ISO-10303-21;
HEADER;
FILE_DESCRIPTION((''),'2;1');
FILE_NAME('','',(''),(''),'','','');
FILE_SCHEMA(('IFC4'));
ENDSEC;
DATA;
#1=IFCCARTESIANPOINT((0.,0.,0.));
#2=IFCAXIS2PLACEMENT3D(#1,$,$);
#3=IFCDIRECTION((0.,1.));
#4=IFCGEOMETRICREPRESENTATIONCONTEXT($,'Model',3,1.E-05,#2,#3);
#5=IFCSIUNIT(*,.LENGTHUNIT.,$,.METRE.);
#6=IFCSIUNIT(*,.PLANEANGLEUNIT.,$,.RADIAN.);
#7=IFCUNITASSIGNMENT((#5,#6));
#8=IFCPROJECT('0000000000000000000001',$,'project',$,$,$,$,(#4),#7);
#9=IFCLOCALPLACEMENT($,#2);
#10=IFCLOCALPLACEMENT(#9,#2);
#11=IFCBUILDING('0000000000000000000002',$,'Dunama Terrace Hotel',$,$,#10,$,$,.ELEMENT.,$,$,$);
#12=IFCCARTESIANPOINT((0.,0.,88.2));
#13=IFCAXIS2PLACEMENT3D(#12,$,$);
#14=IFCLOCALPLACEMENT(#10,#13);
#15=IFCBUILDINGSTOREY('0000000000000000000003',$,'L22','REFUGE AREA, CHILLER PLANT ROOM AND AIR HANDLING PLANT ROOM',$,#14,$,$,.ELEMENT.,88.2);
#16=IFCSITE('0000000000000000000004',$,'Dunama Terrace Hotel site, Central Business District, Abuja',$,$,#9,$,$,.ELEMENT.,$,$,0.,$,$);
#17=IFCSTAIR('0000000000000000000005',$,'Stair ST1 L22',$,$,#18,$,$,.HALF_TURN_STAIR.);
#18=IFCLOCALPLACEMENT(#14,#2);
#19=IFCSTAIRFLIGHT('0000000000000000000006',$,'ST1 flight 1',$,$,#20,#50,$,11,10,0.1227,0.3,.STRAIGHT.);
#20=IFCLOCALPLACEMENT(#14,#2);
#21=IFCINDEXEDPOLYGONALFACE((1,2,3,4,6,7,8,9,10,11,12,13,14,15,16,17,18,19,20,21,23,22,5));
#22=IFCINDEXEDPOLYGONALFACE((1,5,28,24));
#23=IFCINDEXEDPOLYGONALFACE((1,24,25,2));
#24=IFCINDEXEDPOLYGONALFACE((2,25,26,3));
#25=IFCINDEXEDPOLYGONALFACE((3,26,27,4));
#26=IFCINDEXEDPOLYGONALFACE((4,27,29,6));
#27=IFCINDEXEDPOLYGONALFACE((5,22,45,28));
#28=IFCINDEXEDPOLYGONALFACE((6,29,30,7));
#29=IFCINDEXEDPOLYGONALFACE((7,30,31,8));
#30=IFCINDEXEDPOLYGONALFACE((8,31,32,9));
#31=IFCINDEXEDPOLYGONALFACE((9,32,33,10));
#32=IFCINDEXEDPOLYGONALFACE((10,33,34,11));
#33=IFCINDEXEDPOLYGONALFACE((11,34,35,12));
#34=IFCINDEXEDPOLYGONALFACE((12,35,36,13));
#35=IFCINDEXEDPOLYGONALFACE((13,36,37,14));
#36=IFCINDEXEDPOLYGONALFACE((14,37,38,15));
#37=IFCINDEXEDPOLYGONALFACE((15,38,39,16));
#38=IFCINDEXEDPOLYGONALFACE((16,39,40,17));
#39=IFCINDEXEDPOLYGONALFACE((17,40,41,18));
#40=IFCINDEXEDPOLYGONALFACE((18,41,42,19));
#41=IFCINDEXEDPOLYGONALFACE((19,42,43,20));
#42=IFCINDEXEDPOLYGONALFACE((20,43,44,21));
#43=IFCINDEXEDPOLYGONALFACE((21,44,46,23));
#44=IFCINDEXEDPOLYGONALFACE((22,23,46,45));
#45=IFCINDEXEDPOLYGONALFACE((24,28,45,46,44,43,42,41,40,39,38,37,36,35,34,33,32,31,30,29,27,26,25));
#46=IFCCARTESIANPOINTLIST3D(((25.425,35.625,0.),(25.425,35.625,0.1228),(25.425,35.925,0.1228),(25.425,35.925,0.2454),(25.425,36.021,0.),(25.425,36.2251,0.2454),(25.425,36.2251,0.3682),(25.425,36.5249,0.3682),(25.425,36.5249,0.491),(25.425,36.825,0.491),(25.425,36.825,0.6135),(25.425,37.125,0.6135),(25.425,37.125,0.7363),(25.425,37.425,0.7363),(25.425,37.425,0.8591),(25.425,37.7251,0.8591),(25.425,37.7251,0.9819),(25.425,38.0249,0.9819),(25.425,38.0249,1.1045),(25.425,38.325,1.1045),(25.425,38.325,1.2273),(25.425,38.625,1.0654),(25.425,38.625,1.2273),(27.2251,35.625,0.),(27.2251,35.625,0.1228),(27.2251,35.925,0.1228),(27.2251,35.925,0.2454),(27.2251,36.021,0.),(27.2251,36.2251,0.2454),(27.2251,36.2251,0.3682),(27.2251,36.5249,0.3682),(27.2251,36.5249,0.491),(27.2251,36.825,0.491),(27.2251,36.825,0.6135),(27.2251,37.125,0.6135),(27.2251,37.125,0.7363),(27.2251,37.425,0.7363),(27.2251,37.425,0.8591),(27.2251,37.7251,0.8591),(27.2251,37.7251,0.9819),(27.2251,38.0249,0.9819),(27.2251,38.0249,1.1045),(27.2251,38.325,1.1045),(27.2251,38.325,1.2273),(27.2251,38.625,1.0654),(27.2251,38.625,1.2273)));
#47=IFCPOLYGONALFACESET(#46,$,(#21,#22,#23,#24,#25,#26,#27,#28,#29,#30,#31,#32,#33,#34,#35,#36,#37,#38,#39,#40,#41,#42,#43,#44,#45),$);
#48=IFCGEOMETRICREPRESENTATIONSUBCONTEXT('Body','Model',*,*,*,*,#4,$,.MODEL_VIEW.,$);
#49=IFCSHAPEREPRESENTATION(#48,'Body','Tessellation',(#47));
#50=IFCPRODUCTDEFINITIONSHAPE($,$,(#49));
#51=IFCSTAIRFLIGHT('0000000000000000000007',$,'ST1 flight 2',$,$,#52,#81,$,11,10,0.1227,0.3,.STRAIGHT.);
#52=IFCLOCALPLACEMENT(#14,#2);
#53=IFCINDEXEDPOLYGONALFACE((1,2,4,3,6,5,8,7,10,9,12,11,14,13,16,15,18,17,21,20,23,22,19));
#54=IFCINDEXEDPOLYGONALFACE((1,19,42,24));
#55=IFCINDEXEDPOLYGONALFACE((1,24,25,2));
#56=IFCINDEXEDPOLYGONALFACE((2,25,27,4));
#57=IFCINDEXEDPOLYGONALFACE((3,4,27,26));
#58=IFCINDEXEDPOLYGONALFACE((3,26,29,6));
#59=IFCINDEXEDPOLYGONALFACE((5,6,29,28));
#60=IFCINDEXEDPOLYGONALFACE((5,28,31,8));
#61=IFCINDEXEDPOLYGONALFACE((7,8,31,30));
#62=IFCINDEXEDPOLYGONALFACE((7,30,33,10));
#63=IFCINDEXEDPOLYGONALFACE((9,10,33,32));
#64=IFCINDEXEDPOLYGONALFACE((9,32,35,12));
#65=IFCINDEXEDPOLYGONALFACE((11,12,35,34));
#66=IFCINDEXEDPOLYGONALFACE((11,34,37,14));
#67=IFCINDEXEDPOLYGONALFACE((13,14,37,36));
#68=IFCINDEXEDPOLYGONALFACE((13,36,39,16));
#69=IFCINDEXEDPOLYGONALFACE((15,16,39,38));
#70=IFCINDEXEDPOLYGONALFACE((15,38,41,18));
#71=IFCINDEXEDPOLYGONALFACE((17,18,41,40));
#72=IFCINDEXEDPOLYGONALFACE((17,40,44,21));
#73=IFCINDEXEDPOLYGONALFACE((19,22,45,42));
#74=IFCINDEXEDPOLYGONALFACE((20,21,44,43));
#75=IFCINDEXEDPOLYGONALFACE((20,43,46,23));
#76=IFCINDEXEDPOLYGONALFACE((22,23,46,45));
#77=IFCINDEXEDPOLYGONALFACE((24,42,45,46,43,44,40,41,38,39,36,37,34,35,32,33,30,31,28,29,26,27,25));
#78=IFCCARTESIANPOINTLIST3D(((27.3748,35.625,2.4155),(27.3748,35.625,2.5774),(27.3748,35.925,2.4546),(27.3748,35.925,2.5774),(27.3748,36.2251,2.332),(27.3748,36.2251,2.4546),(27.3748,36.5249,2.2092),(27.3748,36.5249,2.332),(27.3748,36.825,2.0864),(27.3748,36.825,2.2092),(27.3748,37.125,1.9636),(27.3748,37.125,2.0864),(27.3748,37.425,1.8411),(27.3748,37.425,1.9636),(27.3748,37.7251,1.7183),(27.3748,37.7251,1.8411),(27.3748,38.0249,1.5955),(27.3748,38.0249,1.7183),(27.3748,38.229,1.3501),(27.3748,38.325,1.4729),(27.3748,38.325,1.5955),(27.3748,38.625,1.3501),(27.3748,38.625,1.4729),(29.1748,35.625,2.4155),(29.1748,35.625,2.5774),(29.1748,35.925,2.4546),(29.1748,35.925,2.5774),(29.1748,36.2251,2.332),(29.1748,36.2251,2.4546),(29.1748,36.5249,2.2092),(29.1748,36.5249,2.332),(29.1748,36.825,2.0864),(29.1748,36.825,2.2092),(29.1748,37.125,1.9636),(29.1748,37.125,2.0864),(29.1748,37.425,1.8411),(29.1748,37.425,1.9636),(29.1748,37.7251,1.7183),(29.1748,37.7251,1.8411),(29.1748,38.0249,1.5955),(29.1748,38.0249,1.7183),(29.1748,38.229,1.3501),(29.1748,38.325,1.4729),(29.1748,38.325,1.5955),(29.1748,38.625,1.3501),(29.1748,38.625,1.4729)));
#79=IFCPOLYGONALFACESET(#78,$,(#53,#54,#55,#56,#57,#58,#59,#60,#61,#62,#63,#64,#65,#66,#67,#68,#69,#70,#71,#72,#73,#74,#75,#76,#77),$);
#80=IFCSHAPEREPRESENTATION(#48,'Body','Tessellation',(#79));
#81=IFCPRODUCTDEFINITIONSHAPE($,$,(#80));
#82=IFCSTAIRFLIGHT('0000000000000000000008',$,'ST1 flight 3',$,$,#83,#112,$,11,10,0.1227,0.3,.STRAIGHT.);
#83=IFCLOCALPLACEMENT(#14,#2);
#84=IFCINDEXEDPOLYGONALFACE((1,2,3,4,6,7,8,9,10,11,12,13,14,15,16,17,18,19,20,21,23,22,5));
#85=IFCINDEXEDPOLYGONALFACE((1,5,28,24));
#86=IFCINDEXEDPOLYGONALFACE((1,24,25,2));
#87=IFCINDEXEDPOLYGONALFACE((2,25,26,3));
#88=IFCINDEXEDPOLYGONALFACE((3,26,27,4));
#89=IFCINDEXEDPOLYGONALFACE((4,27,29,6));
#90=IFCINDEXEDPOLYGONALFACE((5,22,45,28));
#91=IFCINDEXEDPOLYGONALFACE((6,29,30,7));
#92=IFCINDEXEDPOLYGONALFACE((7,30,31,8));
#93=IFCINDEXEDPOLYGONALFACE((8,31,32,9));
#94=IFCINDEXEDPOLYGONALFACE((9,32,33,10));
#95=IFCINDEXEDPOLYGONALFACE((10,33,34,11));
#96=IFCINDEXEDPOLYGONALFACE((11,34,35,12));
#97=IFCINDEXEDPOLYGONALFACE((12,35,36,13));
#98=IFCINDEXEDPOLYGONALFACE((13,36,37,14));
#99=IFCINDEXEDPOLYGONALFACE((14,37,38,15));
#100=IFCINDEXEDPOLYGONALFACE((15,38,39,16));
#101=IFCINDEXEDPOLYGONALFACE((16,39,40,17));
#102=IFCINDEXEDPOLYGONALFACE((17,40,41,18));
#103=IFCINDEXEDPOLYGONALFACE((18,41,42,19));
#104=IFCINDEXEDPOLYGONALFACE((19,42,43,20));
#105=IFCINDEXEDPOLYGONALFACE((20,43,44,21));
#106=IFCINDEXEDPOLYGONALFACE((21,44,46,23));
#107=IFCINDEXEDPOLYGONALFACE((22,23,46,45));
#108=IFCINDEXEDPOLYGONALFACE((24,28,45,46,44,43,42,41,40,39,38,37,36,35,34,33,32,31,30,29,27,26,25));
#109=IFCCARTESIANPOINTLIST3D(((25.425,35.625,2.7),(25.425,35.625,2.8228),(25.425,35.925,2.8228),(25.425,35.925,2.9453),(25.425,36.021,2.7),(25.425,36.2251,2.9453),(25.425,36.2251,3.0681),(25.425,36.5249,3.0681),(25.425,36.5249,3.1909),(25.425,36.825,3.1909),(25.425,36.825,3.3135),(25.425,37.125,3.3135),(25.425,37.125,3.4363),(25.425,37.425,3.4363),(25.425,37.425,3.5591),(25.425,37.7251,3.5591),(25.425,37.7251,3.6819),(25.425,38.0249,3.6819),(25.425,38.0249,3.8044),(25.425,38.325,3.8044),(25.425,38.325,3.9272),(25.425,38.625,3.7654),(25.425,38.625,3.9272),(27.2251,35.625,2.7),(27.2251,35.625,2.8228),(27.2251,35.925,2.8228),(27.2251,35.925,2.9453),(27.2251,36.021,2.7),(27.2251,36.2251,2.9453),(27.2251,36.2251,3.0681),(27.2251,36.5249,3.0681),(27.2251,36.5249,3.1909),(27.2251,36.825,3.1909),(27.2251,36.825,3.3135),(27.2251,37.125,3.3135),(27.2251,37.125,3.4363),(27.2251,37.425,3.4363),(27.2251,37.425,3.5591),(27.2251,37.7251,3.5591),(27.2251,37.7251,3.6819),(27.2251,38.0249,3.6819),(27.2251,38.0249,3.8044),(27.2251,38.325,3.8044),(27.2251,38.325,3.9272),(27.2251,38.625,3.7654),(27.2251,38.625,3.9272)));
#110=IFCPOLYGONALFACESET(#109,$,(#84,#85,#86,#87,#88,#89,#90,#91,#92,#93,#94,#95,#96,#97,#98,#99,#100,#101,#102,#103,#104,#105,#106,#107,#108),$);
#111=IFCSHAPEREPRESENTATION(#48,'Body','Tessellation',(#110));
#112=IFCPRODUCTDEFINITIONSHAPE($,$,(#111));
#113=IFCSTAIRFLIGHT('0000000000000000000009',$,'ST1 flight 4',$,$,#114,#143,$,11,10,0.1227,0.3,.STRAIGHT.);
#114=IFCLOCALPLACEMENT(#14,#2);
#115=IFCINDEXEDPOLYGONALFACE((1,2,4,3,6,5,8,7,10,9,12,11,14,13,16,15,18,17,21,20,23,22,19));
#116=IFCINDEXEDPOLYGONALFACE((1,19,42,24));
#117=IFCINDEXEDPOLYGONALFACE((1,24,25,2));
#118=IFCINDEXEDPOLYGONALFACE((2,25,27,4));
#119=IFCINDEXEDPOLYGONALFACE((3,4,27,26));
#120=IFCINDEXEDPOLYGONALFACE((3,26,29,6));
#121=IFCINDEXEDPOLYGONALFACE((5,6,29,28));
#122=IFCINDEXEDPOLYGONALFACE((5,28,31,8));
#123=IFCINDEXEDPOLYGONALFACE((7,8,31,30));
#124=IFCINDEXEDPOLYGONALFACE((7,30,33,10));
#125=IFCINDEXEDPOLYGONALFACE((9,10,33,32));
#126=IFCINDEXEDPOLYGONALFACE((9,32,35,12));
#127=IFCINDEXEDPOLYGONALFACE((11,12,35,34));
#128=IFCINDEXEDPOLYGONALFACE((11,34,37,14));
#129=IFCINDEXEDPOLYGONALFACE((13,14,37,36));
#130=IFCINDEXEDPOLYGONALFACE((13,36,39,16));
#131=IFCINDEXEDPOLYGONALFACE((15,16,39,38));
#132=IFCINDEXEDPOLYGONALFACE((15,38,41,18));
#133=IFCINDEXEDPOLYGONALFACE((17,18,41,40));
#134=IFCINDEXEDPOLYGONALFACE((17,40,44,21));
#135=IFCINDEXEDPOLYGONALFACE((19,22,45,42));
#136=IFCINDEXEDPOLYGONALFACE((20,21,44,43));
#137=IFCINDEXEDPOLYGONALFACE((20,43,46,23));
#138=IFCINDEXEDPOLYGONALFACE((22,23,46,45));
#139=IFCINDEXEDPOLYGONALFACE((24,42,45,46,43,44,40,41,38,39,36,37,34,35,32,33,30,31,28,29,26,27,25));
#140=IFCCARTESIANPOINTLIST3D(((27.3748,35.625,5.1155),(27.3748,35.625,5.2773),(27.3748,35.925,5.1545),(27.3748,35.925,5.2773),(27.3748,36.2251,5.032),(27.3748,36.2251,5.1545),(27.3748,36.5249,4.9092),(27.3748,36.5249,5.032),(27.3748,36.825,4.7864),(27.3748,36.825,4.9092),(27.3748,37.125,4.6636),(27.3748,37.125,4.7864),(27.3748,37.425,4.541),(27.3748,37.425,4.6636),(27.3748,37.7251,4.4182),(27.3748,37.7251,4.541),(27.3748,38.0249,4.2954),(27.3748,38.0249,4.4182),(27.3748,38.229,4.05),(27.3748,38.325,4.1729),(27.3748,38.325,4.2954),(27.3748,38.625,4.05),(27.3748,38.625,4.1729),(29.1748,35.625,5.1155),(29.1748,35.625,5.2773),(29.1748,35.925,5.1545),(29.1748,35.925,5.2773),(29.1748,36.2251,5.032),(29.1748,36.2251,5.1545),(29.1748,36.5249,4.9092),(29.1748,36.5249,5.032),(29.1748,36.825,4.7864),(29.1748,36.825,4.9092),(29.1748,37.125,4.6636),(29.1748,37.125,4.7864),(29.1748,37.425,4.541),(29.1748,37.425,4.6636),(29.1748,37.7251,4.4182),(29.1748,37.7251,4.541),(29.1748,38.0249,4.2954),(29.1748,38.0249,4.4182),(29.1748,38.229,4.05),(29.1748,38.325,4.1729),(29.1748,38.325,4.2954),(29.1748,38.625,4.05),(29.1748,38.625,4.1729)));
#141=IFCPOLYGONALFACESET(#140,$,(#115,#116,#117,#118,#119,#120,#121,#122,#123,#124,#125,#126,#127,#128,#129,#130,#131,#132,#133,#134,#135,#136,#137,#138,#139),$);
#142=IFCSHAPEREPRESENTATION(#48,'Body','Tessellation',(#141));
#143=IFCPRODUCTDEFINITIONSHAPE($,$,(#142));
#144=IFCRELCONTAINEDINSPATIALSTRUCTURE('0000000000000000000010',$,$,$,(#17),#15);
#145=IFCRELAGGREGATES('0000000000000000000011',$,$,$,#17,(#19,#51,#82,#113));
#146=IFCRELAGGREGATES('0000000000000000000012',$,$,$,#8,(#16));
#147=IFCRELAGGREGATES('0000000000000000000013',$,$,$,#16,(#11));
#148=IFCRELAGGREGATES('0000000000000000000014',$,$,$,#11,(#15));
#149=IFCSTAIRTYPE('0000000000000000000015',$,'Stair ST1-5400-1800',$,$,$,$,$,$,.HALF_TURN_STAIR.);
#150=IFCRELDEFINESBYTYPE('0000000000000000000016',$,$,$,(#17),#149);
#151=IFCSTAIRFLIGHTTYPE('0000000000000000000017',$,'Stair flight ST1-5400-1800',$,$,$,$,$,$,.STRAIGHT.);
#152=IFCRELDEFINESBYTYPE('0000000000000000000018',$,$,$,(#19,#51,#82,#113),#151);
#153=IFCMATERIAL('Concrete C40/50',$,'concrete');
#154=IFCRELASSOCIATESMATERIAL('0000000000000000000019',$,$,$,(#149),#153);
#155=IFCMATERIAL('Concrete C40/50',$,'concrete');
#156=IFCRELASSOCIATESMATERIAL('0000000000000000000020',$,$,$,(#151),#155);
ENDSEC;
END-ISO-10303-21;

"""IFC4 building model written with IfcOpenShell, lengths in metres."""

from ifc_helpers import new_model, si_unit, direction, frame, origin, place, context, subcontext, project, spatial, polyline, outline, extrude, material, type_object, element, aggregate, save


model = new_model("IFC4")

# Units and contexts
model_context = context("Model", 3, precision=1e-05, world=origin(), true_north=direction((0.0, 1.0)))
body_context = subcontext(model_context, "Body", "Model", "MODEL_VIEW")
ifc_project = project(units=[si_unit("LENGTHUNIT", "METRE"), si_unit("PLANEANGLEUNIT", "RADIAN")], contexts=[model_context])

# Site, building, storey
site_placement = place(None, origin())
site = spatial("IfcSite", under=ifc_project, at=site_placement, Name="Dunama Terrace Hotel site, Central Business District, Abuja", CompositionType="ELEMENT", RefElevation=0.0)
building_placement = place(site_placement, origin())
building = spatial("IfcBuilding", under=site, at=building_placement, Name="Dunama Terrace Hotel", CompositionType="ELEMENT")
storey_placement = place(building_placement, frame((0.0, 0.0, 88.2)))
storey = spatial("IfcBuildingStorey", under=building, at=storey_placement, Name="L22", Description="REFUGE AREA, CHILLER PLANT ROOM AND AIR HANDLING PLANT ROOM", CompositionType="ELEMENT", Elevation=88.2)

# Stair, stair flights
ifc_material_1 = material(Name="Concrete C40/50", Category="concrete")
stair_type = type_object("IfcStairType", Name="Stair ST1-5400-1800", PredefinedType="HALF_TURN_STAIR", material=ifc_material_1)
stair_placement = place(storey_placement, origin())
stair = element("IfcStair", 1, at=stair_placement, inside=storey, type_object=stair_type, Name="Stair ST1 L22", PredefinedType="HALF_TURN_STAIR")
ifc_material_2 = material(Name="Concrete C40/50", Category="concrete")
stair_flight_type = type_object("IfcStairFlightType", Name="Stair flight ST1-5400-1800", PredefinedType="STRAIGHT", material=ifc_material_2)
stair_flight_1_placement = place(storey_placement, frame((26.325, 35.625, 0.0), z_axis=(0.0, 0.0, 1.0), x_axis=(0.0, 1.0, 0.0)))
stair_flight_1 = element("IfcStairFlight", 2, at=stair_flight_1_placement, type_object=stair_flight_type, Name="ST1 flight 1", NumberOfRisers=11, NumberOfTreads=10, PredefinedType="STRAIGHT", RiserHeight=0.1227, TreadLength=0.3, context=body_context, shape_type="SweptSolid", body=[
    extrude(outline(polyline([(0.0, 0.0), (0.0, 0.1228), (0.3, 0.1228), (0.3, 0.2454), (0.6001, 0.2454), (0.6001, 0.3682), (0.8999, 0.3682), (0.8999, 0.491), (1.2, 0.491), (1.2, 0.6135), (1.5, 0.6135), (1.5, 0.7363), (1.8, 0.7363), (1.8, 0.8591), (2.1001, 0.8591), (2.1001, 0.9819), (2.3999, 0.9819), (2.3999, 1.1045), (2.7, 1.1045), (2.7, 1.2273), (3.0, 1.2273), (3.0, 1.3501), (3.0, 1.0654), (0.396, 0.0), (0.0, 0.0)])), frame((0.0, 0.8999, 0.0), z_axis=(0.0, -1.0, 0.0), x_axis=(1.0, 0.0, 0.0)), (0.0, 0.0, 1.0), 1.8),
])
stair_flight_2_placement = place(storey_placement, frame((28.2749, 38.625, 1.3501), z_axis=(0.0, 0.0, 1.0), x_axis=(0.0, -1.0, 0.0)))
stair_flight_2 = element("IfcStairFlight", 3, at=stair_flight_2_placement, type_object=stair_flight_type, Name="ST1 flight 2", NumberOfRisers=11, NumberOfTreads=10, PredefinedType="STRAIGHT", RiserHeight=0.1227, TreadLength=0.3, context=body_context, shape_type="SweptSolid", body=[
    extrude(outline(polyline([(0.0, 0.0), (0.0, 0.1228), (0.3, 0.1228), (0.3, 0.2454), (0.6001, 0.2454), (0.6001, 0.3682), (0.8999, 0.3682), (0.8999, 0.491), (1.2, 0.491), (1.2, 0.6135), (1.5, 0.6135), (1.5, 0.7363), (1.8, 0.7363), (1.8, 0.8591), (2.1001, 0.8591), (2.1001, 0.9819), (2.3999, 0.9819), (2.3999, 1.1045), (2.7, 1.1045), (2.7, 1.2273), (3.0, 1.2273), (3.0, 1.3501), (3.0, 1.0654), (0.396, 0.0), (0.0, 0.0)])), frame((0.0, 0.8999, 0.0), z_axis=(0.0, -1.0, 0.0), x_axis=(1.0, 0.0, 0.0)), (0.0, 0.0, 1.0), 1.8),
])
stair_flight_3_placement = place(storey_placement, frame((26.325, 35.625, 2.7), z_axis=(0.0, 0.0, 1.0), x_axis=(0.0, 1.0, 0.0)))
stair_flight_3 = element("IfcStairFlight", 4, at=stair_flight_3_placement, type_object=stair_flight_type, Name="ST1 flight 3", NumberOfRisers=11, NumberOfTreads=10, PredefinedType="STRAIGHT", RiserHeight=0.1227, TreadLength=0.3, context=body_context, shape_type="SweptSolid", body=[
    extrude(outline(polyline([(0.0, 0.0), (0.0, 0.1228), (0.3, 0.1228), (0.3, 0.2454), (0.6001, 0.2454), (0.6001, 0.3682), (0.8999, 0.3682), (0.8999, 0.491), (1.2, 0.491), (1.2, 0.6135), (1.5, 0.6135), (1.5, 0.7363), (1.8, 0.7363), (1.8, 0.8591), (2.1001, 0.8591), (2.1001, 0.9819), (2.3999, 0.9819), (2.3999, 1.1045), (2.7, 1.1045), (2.7, 1.2273), (3.0, 1.2273), (3.0, 1.3501), (3.0, 1.0654), (0.396, 0.0), (0.0, 0.0)])), frame((0.0, 0.8999, 0.0), z_axis=(0.0, -1.0, 0.0), x_axis=(1.0, 0.0, 0.0)), (0.0, 0.0, 1.0), 1.8),
])
stair_flight_4_placement = place(storey_placement, frame((28.2749, 38.625, 4.05), z_axis=(0.0, 0.0, 1.0), x_axis=(0.0, -1.0, 0.0)))
stair_flight_4 = element("IfcStairFlight", 5, at=stair_flight_4_placement, type_object=stair_flight_type, Name="ST1 flight 4", NumberOfRisers=11, NumberOfTreads=10, PredefinedType="STRAIGHT", RiserHeight=0.1227, TreadLength=0.3, context=body_context, shape_type="SweptSolid", body=[
    extrude(outline(polyline([(0.0, 0.0), (0.0, 0.1228), (0.3, 0.1228), (0.3, 0.2454), (0.6001, 0.2454), (0.6001, 0.3682), (0.8999, 0.3682), (0.8999, 0.491), (1.2, 0.491), (1.2, 0.6135), (1.5, 0.6135), (1.5, 0.7363), (1.8, 0.7363), (1.8, 0.8591), (2.1001, 0.8591), (2.1001, 0.9819), (2.3999, 0.9819), (2.3999, 1.1045), (2.7, 1.1045), (2.7, 1.2273), (3.0, 1.2273), (3.0, 1.3501), (3.0, 1.0654), (0.396, 0.0), (0.0, 0.0)])), frame((0.0, 0.8999, 0.0), z_axis=(0.0, -1.0, 0.0), x_axis=(1.0, 0.0, 0.0)), (0.0, 0.0, 1.0), 1.8),
])
aggregate(stair, [stair_flight_1, stair_flight_2, stair_flight_3, stair_flight_4])

save(model, "model.ifc")
